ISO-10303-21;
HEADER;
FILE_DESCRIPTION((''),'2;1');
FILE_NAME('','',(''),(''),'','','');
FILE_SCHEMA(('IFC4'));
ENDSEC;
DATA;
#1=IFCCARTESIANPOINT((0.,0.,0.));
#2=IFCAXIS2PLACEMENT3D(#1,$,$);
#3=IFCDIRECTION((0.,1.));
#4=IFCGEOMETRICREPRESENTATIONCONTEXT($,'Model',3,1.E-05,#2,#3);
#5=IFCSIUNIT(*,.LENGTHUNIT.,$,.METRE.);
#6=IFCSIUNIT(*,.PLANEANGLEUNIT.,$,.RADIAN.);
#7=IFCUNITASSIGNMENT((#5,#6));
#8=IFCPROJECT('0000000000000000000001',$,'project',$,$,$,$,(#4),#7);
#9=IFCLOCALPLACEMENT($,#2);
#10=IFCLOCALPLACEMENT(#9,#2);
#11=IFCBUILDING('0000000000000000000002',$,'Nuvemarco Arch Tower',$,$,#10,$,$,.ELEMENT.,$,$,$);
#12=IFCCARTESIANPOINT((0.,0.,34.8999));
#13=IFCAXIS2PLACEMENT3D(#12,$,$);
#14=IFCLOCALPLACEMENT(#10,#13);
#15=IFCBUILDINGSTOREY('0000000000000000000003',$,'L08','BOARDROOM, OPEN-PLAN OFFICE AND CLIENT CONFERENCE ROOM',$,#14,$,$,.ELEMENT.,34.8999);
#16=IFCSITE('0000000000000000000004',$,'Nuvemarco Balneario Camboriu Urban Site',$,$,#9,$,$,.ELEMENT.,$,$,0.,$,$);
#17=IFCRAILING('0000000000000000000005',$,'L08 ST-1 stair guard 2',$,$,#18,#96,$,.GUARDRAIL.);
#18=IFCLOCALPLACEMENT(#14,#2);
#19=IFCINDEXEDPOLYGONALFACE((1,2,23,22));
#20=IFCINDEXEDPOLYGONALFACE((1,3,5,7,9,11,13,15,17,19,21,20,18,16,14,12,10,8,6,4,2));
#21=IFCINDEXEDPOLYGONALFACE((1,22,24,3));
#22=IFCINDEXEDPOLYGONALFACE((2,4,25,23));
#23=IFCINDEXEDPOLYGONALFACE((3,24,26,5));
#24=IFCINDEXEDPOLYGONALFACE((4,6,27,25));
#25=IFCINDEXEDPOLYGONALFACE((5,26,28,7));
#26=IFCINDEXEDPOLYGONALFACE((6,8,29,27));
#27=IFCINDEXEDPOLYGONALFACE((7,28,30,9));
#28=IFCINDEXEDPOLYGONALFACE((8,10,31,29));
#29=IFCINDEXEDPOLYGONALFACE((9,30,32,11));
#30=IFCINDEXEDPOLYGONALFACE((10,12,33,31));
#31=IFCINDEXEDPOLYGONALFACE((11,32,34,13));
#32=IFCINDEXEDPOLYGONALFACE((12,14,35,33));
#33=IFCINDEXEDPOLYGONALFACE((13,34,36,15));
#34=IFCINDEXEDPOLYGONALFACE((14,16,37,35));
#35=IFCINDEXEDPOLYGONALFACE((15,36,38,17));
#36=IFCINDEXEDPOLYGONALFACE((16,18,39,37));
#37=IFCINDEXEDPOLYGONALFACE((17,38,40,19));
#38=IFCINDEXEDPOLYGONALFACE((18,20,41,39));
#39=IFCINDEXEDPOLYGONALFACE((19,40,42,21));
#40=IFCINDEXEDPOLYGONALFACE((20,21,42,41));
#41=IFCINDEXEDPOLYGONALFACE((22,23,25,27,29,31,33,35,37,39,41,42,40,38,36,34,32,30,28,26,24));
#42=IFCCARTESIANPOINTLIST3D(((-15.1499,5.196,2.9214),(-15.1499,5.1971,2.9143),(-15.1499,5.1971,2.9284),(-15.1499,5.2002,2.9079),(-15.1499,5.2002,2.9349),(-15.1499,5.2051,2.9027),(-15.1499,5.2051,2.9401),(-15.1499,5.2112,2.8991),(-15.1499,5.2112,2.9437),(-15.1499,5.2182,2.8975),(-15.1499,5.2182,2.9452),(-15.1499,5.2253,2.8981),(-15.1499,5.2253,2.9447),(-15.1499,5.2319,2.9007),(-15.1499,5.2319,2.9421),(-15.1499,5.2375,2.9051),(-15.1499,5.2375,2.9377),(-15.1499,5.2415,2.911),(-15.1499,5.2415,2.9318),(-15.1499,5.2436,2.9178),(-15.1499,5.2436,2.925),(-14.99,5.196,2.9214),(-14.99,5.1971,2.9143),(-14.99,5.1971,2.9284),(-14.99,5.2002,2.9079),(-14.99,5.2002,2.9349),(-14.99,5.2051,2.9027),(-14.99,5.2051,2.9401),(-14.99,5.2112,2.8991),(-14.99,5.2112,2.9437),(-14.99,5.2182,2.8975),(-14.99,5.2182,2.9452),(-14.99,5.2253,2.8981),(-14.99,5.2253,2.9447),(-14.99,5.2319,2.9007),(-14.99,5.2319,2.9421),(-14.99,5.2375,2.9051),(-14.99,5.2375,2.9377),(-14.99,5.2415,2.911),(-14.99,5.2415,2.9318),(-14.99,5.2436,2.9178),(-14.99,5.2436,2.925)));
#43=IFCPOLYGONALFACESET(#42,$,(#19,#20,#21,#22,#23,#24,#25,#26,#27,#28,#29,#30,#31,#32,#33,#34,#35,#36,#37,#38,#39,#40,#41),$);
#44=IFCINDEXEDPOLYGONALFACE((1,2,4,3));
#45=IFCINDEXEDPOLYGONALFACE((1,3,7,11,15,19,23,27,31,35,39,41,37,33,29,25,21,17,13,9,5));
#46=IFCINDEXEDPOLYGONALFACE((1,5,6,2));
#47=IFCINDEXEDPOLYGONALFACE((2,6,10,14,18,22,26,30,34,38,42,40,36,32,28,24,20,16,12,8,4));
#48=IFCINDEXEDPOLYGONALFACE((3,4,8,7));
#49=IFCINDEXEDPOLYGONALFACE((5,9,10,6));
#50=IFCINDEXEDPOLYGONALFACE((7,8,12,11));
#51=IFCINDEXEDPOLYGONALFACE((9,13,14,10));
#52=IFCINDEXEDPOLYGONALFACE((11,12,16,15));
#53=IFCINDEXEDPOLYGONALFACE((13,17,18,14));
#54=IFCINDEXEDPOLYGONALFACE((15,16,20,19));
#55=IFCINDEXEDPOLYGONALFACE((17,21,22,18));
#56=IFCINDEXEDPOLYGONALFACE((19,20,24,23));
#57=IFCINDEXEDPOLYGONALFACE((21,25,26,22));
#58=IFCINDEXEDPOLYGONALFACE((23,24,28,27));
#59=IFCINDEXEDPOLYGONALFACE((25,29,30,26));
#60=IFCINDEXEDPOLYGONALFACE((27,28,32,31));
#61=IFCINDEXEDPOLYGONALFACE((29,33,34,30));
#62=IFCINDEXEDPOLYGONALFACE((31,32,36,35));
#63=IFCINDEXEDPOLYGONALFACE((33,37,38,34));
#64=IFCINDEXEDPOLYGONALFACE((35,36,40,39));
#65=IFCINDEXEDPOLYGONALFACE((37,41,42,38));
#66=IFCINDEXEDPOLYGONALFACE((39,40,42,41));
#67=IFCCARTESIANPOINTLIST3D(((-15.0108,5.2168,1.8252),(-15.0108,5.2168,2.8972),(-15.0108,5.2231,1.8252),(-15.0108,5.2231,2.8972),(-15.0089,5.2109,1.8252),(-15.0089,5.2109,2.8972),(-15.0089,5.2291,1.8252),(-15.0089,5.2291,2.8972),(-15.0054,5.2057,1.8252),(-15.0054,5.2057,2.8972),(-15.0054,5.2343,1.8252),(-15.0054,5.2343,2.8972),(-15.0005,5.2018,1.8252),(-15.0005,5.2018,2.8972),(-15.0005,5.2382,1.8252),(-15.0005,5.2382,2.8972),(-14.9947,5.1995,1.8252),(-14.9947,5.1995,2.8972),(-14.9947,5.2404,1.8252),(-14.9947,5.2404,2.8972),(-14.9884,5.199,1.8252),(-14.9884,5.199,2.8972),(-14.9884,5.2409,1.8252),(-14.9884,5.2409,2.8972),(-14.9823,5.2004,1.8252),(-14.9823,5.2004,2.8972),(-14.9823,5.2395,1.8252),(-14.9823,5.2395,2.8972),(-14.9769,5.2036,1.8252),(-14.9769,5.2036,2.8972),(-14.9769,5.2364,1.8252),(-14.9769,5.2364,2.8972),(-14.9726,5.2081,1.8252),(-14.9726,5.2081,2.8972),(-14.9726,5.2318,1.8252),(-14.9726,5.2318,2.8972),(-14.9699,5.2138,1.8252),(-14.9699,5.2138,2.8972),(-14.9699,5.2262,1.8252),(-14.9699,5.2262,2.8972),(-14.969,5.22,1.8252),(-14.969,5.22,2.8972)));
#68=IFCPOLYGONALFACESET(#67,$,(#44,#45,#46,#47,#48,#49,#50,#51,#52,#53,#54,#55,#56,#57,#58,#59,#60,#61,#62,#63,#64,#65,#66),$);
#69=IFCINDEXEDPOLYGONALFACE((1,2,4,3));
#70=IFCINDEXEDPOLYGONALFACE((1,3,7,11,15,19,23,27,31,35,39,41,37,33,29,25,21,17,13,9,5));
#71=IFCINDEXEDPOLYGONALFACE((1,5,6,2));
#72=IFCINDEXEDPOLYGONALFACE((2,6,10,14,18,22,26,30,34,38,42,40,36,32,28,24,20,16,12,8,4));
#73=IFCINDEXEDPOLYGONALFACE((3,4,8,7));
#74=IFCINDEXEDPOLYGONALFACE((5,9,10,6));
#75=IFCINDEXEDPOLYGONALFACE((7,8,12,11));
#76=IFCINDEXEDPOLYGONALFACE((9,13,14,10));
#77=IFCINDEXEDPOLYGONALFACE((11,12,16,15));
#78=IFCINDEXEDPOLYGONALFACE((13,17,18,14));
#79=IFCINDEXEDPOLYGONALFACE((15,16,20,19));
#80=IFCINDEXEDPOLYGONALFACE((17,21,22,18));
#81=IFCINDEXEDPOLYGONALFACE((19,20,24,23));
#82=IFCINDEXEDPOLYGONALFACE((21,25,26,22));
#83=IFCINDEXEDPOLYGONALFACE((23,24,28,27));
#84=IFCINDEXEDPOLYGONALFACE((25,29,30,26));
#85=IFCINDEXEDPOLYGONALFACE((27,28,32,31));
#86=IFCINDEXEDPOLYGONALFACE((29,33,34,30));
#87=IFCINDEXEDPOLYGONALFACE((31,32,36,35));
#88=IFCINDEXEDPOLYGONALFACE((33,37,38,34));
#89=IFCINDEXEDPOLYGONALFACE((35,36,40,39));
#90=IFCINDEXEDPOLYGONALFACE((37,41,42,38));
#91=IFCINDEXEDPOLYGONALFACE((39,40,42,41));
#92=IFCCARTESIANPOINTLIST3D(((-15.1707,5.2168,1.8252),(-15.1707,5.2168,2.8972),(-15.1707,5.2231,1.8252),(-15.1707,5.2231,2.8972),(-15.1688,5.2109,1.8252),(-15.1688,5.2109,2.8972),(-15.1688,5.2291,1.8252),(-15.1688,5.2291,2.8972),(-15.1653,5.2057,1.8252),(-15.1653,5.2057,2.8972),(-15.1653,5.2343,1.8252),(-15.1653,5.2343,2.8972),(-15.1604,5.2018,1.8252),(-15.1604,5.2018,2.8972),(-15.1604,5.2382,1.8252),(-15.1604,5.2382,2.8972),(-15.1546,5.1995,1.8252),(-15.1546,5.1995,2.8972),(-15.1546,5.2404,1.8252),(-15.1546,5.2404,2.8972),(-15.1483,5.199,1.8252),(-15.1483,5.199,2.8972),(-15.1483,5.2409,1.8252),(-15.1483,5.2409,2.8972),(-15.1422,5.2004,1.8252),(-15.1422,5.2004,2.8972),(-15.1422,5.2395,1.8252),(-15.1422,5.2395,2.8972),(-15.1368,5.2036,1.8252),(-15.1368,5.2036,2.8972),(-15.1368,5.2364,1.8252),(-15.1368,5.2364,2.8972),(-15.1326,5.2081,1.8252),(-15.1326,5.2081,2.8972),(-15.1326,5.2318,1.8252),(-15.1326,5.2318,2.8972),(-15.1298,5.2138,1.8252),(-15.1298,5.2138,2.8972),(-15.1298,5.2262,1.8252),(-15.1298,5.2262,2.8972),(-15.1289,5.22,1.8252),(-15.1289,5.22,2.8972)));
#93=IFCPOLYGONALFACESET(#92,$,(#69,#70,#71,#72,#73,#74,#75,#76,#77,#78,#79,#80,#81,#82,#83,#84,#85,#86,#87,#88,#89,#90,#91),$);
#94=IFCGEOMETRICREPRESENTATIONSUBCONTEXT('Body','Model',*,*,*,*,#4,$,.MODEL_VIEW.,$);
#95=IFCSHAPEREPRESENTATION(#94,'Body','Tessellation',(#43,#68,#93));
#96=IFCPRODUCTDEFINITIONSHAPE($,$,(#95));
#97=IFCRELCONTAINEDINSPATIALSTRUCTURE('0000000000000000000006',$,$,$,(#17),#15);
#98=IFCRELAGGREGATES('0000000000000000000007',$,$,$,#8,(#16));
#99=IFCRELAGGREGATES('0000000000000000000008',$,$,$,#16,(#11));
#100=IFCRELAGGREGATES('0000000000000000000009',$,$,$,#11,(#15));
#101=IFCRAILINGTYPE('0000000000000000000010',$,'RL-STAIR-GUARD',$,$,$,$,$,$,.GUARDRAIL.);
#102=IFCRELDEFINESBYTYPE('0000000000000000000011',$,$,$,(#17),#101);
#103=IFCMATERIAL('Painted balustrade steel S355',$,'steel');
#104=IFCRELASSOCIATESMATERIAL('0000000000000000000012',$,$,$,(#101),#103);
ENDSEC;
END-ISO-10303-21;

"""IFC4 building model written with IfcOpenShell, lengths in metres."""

from ifc_helpers import new_model, si_unit, direction, frame, origin, origin_2d, place, context, subcontext, project, spatial, circle, extrude, material, type_object, element, save


model = new_model("IFC4")

# Units and contexts
model_context = context("Model", 3, precision=1e-05, world=origin(), true_north=direction((0.0, 1.0)))
body_context = subcontext(model_context, "Body", "Model", "MODEL_VIEW")
ifc_project = project(units=[si_unit("LENGTHUNIT", "METRE"), si_unit("PLANEANGLEUNIT", "RADIAN")], contexts=[model_context])

# Site, building, storey
site_placement = place(None, origin())
site = spatial("IfcSite", under=ifc_project, at=site_placement, Name="Nuvemarco Balneario Camboriu Urban Site", CompositionType="ELEMENT", RefElevation=0.0)
building_placement = place(site_placement, origin())
building = spatial("IfcBuilding", under=site, at=building_placement, Name="Nuvemarco Arch Tower", CompositionType="ELEMENT")
storey_placement = place(building_placement, frame((0.0, 0.0, 34.8999)))
storey = spatial("IfcBuildingStorey", under=building, at=storey_placement, Name="L08", Description="BOARDROOM, OPEN-PLAN OFFICE AND CLIENT CONFERENCE ROOM", CompositionType="ELEMENT", Elevation=34.8999)

# Railing
ifc_material_1 = material(Name="Painted balustrade steel S355", Category="steel")
railing_type_1 = type_object("IfcRailingType", Name="RL-STAIR-GUARD", PredefinedType="GUARDRAIL", material=ifc_material_1)
railing_1_placement = place(storey_placement, frame((-14.99, 5.22, 1.8252)))
element("IfcRailing", 1, at=railing_1_placement, inside=storey, type_object=railing_type_1, Name="L08 ST-1 stair guard 2", PredefinedType="GUARDRAIL", context=body_context, shape_type="SweptSolid", body=[
    extrude(circle(Radius=0.0239, at=origin_2d()), frame((0.0, 0.0, 1.0962), z_axis=(-1.0, 0.0, 0.0), x_axis=(0.0, -1.0, 0.0)), (0.0, 0.0, 1.0), 0.1599),
    extrude(circle(Radius=0.021, at=origin_2d()), origin(), (0.0, 0.0, 1.0), 1.072),
    extrude(circle(Radius=0.021, at=origin_2d()), frame((-0.1599, 0.0, 0.0)), (0.0, 0.0, 1.0), 1.072),
])

save(model, "model.ifc")
